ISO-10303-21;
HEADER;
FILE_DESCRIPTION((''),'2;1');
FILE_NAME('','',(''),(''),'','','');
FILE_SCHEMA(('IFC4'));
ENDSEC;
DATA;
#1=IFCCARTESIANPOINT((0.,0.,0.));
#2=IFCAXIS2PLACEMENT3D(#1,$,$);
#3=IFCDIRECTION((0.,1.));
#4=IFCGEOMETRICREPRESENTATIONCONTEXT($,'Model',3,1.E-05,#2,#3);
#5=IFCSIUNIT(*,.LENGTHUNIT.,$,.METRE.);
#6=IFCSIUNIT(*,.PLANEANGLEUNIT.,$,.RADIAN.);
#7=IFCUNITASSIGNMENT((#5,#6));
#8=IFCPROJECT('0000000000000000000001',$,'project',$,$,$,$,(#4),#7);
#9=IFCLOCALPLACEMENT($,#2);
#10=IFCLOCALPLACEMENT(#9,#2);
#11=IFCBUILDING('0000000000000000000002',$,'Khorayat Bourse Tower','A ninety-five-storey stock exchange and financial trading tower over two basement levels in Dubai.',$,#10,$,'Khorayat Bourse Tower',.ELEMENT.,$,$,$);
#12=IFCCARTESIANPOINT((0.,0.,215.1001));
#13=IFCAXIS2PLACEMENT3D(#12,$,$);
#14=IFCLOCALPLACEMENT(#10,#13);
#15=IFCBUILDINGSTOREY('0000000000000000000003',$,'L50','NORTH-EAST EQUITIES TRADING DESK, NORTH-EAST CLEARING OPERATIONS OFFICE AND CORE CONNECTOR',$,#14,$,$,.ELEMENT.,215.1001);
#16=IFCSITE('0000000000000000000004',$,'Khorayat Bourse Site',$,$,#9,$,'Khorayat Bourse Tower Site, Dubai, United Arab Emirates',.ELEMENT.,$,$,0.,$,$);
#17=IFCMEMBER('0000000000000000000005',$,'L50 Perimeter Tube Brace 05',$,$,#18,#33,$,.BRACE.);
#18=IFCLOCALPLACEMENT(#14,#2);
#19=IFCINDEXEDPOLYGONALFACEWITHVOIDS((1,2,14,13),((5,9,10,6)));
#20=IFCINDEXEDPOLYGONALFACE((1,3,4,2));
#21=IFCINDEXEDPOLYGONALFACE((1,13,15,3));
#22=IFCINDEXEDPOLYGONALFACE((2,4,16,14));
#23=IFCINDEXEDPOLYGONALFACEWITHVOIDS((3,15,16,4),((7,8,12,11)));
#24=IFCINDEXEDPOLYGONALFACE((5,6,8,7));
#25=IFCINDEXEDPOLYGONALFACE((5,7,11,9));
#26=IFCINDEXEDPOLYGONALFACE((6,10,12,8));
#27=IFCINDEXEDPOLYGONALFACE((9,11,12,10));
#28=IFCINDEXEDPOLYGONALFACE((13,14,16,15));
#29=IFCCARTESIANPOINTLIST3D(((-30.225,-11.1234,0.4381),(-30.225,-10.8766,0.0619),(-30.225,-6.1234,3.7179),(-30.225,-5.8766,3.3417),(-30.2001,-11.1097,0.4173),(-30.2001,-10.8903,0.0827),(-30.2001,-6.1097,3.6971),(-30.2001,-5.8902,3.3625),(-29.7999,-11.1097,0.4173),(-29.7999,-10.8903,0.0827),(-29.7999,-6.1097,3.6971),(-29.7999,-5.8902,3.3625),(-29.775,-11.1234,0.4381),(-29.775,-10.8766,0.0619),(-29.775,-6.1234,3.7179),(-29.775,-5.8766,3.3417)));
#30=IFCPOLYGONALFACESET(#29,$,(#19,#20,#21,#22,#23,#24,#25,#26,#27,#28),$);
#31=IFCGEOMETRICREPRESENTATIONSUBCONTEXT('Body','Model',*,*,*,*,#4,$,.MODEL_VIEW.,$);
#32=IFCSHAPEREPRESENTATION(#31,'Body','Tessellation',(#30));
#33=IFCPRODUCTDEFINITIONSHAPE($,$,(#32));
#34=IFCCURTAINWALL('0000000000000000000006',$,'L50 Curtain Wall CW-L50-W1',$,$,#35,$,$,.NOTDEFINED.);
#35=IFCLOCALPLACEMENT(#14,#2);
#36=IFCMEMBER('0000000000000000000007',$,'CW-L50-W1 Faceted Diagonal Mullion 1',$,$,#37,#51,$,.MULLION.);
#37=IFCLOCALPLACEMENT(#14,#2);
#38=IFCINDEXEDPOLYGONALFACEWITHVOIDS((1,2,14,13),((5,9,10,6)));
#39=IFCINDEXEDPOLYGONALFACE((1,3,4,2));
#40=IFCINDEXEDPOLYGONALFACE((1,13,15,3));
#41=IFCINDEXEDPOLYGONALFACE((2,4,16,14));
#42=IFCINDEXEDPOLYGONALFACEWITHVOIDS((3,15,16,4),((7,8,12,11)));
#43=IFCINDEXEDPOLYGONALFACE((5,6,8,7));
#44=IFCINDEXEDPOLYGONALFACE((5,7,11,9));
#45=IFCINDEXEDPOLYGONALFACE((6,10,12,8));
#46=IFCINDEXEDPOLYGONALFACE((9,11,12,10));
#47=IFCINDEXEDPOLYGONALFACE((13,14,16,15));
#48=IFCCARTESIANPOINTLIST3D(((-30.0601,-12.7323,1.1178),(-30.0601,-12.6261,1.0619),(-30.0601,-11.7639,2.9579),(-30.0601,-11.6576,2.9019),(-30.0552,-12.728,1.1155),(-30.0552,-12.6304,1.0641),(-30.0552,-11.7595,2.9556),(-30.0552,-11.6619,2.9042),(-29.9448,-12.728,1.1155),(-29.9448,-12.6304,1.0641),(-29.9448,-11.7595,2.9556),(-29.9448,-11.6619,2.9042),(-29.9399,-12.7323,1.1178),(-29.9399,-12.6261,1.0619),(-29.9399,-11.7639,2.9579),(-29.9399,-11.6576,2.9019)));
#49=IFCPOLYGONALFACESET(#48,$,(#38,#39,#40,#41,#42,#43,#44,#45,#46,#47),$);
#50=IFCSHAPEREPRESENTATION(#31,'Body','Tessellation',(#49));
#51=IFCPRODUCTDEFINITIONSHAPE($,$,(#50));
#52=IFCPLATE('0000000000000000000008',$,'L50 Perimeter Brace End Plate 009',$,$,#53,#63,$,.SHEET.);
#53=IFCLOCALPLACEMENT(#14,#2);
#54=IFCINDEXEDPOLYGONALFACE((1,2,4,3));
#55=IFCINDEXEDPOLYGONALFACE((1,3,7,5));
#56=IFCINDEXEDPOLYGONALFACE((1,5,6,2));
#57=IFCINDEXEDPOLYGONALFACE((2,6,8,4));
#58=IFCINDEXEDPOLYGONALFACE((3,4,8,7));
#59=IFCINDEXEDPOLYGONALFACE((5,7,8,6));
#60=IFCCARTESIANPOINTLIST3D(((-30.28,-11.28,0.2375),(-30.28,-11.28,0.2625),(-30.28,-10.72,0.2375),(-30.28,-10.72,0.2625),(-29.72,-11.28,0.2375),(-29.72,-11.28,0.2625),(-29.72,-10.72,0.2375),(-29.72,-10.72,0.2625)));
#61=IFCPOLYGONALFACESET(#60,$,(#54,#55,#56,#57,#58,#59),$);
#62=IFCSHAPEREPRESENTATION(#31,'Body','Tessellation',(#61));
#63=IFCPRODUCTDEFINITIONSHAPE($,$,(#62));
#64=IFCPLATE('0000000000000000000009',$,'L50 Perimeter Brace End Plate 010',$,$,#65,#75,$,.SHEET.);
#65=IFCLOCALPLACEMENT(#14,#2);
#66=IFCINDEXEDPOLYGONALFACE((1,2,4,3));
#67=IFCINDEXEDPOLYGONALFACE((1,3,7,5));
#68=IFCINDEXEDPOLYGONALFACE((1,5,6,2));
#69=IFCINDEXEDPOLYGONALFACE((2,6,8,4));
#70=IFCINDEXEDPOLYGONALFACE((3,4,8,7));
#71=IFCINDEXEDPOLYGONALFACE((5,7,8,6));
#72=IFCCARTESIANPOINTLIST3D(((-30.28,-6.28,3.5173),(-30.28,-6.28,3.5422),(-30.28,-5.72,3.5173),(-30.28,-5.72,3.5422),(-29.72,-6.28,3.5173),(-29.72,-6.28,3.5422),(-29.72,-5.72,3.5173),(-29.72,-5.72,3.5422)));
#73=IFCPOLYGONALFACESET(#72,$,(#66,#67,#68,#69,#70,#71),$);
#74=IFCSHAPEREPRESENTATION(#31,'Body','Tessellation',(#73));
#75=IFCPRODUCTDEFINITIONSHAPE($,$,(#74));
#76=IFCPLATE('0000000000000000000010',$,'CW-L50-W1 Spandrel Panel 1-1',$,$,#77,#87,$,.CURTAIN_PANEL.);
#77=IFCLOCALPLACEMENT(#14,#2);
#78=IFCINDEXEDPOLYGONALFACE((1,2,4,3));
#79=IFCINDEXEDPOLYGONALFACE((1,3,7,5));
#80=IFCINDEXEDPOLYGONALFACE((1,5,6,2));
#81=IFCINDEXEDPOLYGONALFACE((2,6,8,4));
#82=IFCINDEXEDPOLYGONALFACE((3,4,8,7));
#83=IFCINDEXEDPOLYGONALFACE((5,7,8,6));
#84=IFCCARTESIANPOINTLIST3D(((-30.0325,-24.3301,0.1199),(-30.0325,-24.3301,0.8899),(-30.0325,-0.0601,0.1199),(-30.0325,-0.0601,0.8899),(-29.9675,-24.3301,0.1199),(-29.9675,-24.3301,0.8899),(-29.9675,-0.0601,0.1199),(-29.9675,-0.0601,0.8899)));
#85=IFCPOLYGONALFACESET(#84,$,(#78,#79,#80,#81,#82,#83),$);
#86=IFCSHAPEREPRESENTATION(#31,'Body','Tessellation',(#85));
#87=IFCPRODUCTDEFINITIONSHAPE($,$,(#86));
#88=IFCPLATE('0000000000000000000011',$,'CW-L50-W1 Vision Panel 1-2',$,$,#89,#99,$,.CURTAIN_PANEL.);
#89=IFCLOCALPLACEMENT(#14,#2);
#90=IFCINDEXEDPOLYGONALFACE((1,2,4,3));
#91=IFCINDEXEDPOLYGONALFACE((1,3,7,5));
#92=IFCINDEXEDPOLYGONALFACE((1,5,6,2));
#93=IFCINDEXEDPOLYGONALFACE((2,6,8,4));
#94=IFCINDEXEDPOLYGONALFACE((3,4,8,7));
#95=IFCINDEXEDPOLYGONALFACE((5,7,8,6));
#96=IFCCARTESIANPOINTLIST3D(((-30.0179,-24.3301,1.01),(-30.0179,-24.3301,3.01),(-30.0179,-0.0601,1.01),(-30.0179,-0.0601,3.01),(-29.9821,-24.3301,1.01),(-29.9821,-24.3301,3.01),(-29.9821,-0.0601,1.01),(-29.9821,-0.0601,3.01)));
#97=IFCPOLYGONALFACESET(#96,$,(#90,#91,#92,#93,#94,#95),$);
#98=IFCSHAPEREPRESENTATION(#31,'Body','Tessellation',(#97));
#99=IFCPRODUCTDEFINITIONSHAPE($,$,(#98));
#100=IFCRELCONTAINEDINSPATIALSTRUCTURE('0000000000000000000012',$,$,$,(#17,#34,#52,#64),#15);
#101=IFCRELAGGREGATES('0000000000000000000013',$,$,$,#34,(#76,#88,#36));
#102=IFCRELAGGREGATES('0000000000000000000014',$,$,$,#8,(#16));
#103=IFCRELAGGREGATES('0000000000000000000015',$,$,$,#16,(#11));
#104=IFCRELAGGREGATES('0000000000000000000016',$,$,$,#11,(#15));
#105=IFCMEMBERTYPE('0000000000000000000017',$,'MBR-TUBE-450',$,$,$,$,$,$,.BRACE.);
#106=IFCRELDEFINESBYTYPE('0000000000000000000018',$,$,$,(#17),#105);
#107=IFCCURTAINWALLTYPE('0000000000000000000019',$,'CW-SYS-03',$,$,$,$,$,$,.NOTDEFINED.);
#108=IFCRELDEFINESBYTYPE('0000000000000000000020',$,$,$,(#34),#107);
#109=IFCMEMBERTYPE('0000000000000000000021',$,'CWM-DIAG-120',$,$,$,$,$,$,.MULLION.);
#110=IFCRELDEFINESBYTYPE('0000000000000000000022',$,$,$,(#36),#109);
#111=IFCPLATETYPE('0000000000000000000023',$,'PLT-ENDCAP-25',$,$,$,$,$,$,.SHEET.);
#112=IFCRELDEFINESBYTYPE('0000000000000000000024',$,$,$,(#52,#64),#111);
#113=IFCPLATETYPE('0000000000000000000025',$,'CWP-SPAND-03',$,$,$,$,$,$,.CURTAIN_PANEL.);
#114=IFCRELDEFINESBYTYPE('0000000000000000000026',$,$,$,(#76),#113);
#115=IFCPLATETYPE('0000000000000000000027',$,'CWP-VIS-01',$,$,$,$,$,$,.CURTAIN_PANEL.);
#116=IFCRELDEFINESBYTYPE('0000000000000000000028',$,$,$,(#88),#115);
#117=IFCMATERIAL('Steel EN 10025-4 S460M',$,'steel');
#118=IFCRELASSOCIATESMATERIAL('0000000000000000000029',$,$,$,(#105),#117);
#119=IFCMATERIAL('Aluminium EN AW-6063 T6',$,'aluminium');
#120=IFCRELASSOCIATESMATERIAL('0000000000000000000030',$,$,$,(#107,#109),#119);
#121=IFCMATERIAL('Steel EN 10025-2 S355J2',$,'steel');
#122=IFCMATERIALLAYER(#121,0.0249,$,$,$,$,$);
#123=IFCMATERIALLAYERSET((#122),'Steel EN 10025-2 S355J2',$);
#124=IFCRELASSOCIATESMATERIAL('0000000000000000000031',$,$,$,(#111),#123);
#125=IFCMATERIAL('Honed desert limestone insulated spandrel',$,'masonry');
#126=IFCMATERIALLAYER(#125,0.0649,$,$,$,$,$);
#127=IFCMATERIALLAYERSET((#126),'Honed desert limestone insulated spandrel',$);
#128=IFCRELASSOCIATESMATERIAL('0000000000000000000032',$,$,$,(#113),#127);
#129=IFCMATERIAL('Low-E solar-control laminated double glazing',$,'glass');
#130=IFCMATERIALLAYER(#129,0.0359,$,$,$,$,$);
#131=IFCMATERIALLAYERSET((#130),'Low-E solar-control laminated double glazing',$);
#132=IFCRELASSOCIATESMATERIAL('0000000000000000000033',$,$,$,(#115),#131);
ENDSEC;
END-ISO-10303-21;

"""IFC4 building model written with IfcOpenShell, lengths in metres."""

from ifc_helpers import new_model, si_unit, direction, frame, origin, origin_2d, place, context, subcontext, project, spatial, rectangle, hollow_rectangle, extrude, source, transform, mapped, material, layer, layer_set, material_profile, profile_set, type_object, element, aggregate, save


model = new_model("IFC4")

# Units and contexts
model_context = context("Model", 3, precision=1e-05, world=origin(), true_north=direction((0.0, 1.0)))
body_context = subcontext(model_context, "Body", "Model", "MODEL_VIEW")
ifc_project = project(units=[si_unit("LENGTHUNIT", "METRE"), si_unit("PLANEANGLEUNIT", "RADIAN")], contexts=[model_context])

# Site, building, storey
site_placement = place(None, origin())
site = spatial("IfcSite", under=ifc_project, at=site_placement, Name="Khorayat Bourse Site", LongName="Khorayat Bourse Tower Site, Dubai, United Arab Emirates", CompositionType="ELEMENT", RefElevation=0.0)
building_placement = place(site_placement, origin())
building = spatial("IfcBuilding", under=site, at=building_placement, Name="Khorayat Bourse Tower", Description="A ninety-five-storey stock exchange and financial trading tower over two basement levels in Dubai.", LongName="Khorayat Bourse Tower", CompositionType="ELEMENT")
storey_placement = place(building_placement, frame((0.0, 0.0, 215.1001)))
storey = spatial("IfcBuildingStorey", under=building, at=storey_placement, Name="L50", Description="NORTH-EAST EQUITIES TRADING DESK, NORTH-EAST CLEARING OPERATIONS OFFICE AND CORE CONNECTOR", CompositionType="ELEMENT", Elevation=215.1001)

# Shared definitions
ifc_material_1 = material(Name="Steel EN 10025-4 S460M", Category="steel")

# Member
ifc_material_profile_1 = material_profile(ifc_material_1, hollow_rectangle(XDim=0.45, YDim=0.45, WallThickness=0.0249, at=origin_2d()), Name="HSS 450x450x25")
ifc_profile_set_1 = profile_set([ifc_material_profile_1], Name="Steel EN 10025-4 S460M")
member_type_1 = type_object("IfcMemberType", Name="MBR-TUBE-450", PredefinedType="BRACE", material=ifc_profile_set_1)
shared_shape_1 = source(origin(), body_context, "Body", "SweptSolid", [
    extrude(hollow_rectangle(XDim=0.45, YDim=0.45, WallThickness=0.0249, at=origin_2d()), origin(), (0.0, 0.0, 1.0), 5.9797),
])
member_1_placement = place(storey_placement, frame((-30.0, -11.0, 0.25), z_axis=(0.0, 0.83616, 0.548485), x_axis=(-1.0, 0.0, 0.0)))
element("IfcMember", 1, at=member_1_placement, inside=storey, type_object=member_type_1, Name="L50 Perimeter Tube Brace 05", PredefinedType="BRACE", context=body_context, shape_type="MappedRepresentation", body=[
    mapped(shared_shape_1, transform((0.0, 0.0, 0.0), scale=1.0)),
])

# Curtain wall, member
ifc_material_2 = material(Name="Aluminium EN AW-6063 T6", Category="aluminium")
curtain_wall_type = type_object("IfcCurtainWallType", Name="CW-SYS-03", PredefinedType="NOTDEFINED", material=ifc_material_2)
curtain_wall_placement = place(storey_placement, origin())
curtain_wall = element("IfcCurtainWall", 2, at=curtain_wall_placement, inside=storey, type_object=curtain_wall_type, Name="L50 Curtain Wall CW-L50-W1", PredefinedType="NOTDEFINED")
ifc_material_profile_2 = material_profile(ifc_material_2, hollow_rectangle(XDim=0.1201, YDim=0.1201, WallThickness=0.0049, at=origin_2d()), Name="ALU 120x120x5")
ifc_profile_set_2 = profile_set([ifc_material_profile_2], Name="Aluminium EN AW-6063 T6")
member_type_2 = type_object("IfcMemberType", Name="CWM-DIAG-120", PredefinedType="MULLION", material=ifc_profile_set_2)
shared_shape_2 = source(origin(), body_context, "Body", "SweptSolid", [
    extrude(hollow_rectangle(XDim=0.1201, YDim=0.1201, WallThickness=0.0049, at=origin_2d()), origin(), (0.0, 0.0, 1.0), 2.0793),
])
member_2_placement = place(storey_placement, frame((-30.0, -12.6792, 1.0898), z_axis=(0.0, 0.465761, 0.884911), x_axis=(-1.0, 0.0, 0.0)))
member_2 = element("IfcMember", 3, at=member_2_placement, type_object=member_type_2, Name="CW-L50-W1 Faceted Diagonal Mullion 1", PredefinedType="MULLION", context=body_context, shape_type="MappedRepresentation", body=[
    mapped(shared_shape_2, transform((0.0, 0.0, 0.0), scale=1.0)),
])

# Plates
ifc_material_3 = material(Name="Steel EN 10025-2 S355J2", Category="steel")
ifc_layer_1 = layer(ifc_material_3, 0.0249)
ifc_layer_set_1 = layer_set([ifc_layer_1], Name="Steel EN 10025-2 S355J2")
plate_type_1 = type_object("IfcPlateType", Name="PLT-ENDCAP-25", PredefinedType="SHEET", material=ifc_layer_set_1)
shared_shape_3 = source(origin(), body_context, "Body", "SweptSolid", [
    extrude(rectangle(XDim=0.5601, YDim=0.5601, at=origin_2d()), origin(), (0.0, 0.0, 1.0), 0.0249),
])
for number, where, z_axis, x_axis, name in (
    (4, (-30.0, -11.0, 0.2375), (0.0, 0.0, 1.0), (1.0, 0.0, 0.0), "L50 Perimeter Brace End Plate 009"),
    (5, (-30.0, -6.0, 3.5173), (0.0, 0.0, 1.0), (1.0, 0.0, 0.0), "L50 Perimeter Brace End Plate 010"),
):
    element("IfcPlate", number, at=place(storey_placement, frame(where, z_axis=z_axis, x_axis=x_axis)), inside=storey, type_object=plate_type_1, Name=name, PredefinedType="SHEET", context=body_context, shape_type="MappedRepresentation", body=[
        mapped(shared_shape_3, transform((0.0, 0.0, 0.0), scale=1.0)),
    ])

# Plates
ifc_material_4 = material(Name="Honed desert limestone insulated spandrel", Category="masonry")
ifc_layer_2 = layer(ifc_material_4, 0.0649)
ifc_layer_set_2 = layer_set([ifc_layer_2], Name="Honed desert limestone insulated spandrel")
plate_type_2 = type_object("IfcPlateType", Name="CWP-SPAND-03", PredefinedType="CURTAIN_PANEL", material=ifc_layer_set_2)
shared_shape_4 = source(origin(), body_context, "Body", "SweptSolid", [
    extrude(rectangle(XDim=24.27, YDim=0.0649, at=origin_2d()), origin(), (0.0, 0.0, 1.0), 0.77),
])
plate_1_placement = place(storey_placement, frame((-30.0, -12.1951, 0.1199), z_axis=(0.0, 0.0, 1.0), x_axis=(0.0, 1.0, 0.0)))
plate_1 = element("IfcPlate", 6, at=plate_1_placement, type_object=plate_type_2, Name="CW-L50-W1 Spandrel Panel 1-1", PredefinedType="CURTAIN_PANEL", context=body_context, shape_type="MappedRepresentation", body=[
    mapped(shared_shape_4, transform((0.0, 0.0, 0.0), scale=1.0)),
])
ifc_material_5 = material(Name="Low-E solar-control laminated double glazing", Category="glass")
ifc_layer_3 = layer(ifc_material_5, 0.0359)
ifc_layer_set_3 = layer_set([ifc_layer_3], Name="Low-E solar-control laminated double glazing")
plate_type_3 = type_object("IfcPlateType", Name="CWP-VIS-01", PredefinedType="CURTAIN_PANEL", material=ifc_layer_set_3)
shared_shape_5 = source(origin(), body_context, "Body", "SweptSolid", [
    extrude(rectangle(XDim=24.27, YDim=0.0359, at=origin_2d()), origin(), (0.0, 0.0, 1.0), 2.0),
])
plate_2_placement = place(storey_placement, frame((-30.0, -12.1951, 1.01), z_axis=(0.0, 0.0, 1.0), x_axis=(0.0, 1.0, 0.0)))
plate_2 = element("IfcPlate", 7, at=plate_2_placement, type_object=plate_type_3, Name="CW-L50-W1 Vision Panel 1-2", PredefinedType="CURTAIN_PANEL", context=body_context, shape_type="MappedRepresentation", body=[
    mapped(shared_shape_5, transform((0.0, 0.0, 0.0), scale=1.0)),
])
aggregate(curtain_wall, [plate_1, plate_2, member_2])

save(model, "model.ifc")
